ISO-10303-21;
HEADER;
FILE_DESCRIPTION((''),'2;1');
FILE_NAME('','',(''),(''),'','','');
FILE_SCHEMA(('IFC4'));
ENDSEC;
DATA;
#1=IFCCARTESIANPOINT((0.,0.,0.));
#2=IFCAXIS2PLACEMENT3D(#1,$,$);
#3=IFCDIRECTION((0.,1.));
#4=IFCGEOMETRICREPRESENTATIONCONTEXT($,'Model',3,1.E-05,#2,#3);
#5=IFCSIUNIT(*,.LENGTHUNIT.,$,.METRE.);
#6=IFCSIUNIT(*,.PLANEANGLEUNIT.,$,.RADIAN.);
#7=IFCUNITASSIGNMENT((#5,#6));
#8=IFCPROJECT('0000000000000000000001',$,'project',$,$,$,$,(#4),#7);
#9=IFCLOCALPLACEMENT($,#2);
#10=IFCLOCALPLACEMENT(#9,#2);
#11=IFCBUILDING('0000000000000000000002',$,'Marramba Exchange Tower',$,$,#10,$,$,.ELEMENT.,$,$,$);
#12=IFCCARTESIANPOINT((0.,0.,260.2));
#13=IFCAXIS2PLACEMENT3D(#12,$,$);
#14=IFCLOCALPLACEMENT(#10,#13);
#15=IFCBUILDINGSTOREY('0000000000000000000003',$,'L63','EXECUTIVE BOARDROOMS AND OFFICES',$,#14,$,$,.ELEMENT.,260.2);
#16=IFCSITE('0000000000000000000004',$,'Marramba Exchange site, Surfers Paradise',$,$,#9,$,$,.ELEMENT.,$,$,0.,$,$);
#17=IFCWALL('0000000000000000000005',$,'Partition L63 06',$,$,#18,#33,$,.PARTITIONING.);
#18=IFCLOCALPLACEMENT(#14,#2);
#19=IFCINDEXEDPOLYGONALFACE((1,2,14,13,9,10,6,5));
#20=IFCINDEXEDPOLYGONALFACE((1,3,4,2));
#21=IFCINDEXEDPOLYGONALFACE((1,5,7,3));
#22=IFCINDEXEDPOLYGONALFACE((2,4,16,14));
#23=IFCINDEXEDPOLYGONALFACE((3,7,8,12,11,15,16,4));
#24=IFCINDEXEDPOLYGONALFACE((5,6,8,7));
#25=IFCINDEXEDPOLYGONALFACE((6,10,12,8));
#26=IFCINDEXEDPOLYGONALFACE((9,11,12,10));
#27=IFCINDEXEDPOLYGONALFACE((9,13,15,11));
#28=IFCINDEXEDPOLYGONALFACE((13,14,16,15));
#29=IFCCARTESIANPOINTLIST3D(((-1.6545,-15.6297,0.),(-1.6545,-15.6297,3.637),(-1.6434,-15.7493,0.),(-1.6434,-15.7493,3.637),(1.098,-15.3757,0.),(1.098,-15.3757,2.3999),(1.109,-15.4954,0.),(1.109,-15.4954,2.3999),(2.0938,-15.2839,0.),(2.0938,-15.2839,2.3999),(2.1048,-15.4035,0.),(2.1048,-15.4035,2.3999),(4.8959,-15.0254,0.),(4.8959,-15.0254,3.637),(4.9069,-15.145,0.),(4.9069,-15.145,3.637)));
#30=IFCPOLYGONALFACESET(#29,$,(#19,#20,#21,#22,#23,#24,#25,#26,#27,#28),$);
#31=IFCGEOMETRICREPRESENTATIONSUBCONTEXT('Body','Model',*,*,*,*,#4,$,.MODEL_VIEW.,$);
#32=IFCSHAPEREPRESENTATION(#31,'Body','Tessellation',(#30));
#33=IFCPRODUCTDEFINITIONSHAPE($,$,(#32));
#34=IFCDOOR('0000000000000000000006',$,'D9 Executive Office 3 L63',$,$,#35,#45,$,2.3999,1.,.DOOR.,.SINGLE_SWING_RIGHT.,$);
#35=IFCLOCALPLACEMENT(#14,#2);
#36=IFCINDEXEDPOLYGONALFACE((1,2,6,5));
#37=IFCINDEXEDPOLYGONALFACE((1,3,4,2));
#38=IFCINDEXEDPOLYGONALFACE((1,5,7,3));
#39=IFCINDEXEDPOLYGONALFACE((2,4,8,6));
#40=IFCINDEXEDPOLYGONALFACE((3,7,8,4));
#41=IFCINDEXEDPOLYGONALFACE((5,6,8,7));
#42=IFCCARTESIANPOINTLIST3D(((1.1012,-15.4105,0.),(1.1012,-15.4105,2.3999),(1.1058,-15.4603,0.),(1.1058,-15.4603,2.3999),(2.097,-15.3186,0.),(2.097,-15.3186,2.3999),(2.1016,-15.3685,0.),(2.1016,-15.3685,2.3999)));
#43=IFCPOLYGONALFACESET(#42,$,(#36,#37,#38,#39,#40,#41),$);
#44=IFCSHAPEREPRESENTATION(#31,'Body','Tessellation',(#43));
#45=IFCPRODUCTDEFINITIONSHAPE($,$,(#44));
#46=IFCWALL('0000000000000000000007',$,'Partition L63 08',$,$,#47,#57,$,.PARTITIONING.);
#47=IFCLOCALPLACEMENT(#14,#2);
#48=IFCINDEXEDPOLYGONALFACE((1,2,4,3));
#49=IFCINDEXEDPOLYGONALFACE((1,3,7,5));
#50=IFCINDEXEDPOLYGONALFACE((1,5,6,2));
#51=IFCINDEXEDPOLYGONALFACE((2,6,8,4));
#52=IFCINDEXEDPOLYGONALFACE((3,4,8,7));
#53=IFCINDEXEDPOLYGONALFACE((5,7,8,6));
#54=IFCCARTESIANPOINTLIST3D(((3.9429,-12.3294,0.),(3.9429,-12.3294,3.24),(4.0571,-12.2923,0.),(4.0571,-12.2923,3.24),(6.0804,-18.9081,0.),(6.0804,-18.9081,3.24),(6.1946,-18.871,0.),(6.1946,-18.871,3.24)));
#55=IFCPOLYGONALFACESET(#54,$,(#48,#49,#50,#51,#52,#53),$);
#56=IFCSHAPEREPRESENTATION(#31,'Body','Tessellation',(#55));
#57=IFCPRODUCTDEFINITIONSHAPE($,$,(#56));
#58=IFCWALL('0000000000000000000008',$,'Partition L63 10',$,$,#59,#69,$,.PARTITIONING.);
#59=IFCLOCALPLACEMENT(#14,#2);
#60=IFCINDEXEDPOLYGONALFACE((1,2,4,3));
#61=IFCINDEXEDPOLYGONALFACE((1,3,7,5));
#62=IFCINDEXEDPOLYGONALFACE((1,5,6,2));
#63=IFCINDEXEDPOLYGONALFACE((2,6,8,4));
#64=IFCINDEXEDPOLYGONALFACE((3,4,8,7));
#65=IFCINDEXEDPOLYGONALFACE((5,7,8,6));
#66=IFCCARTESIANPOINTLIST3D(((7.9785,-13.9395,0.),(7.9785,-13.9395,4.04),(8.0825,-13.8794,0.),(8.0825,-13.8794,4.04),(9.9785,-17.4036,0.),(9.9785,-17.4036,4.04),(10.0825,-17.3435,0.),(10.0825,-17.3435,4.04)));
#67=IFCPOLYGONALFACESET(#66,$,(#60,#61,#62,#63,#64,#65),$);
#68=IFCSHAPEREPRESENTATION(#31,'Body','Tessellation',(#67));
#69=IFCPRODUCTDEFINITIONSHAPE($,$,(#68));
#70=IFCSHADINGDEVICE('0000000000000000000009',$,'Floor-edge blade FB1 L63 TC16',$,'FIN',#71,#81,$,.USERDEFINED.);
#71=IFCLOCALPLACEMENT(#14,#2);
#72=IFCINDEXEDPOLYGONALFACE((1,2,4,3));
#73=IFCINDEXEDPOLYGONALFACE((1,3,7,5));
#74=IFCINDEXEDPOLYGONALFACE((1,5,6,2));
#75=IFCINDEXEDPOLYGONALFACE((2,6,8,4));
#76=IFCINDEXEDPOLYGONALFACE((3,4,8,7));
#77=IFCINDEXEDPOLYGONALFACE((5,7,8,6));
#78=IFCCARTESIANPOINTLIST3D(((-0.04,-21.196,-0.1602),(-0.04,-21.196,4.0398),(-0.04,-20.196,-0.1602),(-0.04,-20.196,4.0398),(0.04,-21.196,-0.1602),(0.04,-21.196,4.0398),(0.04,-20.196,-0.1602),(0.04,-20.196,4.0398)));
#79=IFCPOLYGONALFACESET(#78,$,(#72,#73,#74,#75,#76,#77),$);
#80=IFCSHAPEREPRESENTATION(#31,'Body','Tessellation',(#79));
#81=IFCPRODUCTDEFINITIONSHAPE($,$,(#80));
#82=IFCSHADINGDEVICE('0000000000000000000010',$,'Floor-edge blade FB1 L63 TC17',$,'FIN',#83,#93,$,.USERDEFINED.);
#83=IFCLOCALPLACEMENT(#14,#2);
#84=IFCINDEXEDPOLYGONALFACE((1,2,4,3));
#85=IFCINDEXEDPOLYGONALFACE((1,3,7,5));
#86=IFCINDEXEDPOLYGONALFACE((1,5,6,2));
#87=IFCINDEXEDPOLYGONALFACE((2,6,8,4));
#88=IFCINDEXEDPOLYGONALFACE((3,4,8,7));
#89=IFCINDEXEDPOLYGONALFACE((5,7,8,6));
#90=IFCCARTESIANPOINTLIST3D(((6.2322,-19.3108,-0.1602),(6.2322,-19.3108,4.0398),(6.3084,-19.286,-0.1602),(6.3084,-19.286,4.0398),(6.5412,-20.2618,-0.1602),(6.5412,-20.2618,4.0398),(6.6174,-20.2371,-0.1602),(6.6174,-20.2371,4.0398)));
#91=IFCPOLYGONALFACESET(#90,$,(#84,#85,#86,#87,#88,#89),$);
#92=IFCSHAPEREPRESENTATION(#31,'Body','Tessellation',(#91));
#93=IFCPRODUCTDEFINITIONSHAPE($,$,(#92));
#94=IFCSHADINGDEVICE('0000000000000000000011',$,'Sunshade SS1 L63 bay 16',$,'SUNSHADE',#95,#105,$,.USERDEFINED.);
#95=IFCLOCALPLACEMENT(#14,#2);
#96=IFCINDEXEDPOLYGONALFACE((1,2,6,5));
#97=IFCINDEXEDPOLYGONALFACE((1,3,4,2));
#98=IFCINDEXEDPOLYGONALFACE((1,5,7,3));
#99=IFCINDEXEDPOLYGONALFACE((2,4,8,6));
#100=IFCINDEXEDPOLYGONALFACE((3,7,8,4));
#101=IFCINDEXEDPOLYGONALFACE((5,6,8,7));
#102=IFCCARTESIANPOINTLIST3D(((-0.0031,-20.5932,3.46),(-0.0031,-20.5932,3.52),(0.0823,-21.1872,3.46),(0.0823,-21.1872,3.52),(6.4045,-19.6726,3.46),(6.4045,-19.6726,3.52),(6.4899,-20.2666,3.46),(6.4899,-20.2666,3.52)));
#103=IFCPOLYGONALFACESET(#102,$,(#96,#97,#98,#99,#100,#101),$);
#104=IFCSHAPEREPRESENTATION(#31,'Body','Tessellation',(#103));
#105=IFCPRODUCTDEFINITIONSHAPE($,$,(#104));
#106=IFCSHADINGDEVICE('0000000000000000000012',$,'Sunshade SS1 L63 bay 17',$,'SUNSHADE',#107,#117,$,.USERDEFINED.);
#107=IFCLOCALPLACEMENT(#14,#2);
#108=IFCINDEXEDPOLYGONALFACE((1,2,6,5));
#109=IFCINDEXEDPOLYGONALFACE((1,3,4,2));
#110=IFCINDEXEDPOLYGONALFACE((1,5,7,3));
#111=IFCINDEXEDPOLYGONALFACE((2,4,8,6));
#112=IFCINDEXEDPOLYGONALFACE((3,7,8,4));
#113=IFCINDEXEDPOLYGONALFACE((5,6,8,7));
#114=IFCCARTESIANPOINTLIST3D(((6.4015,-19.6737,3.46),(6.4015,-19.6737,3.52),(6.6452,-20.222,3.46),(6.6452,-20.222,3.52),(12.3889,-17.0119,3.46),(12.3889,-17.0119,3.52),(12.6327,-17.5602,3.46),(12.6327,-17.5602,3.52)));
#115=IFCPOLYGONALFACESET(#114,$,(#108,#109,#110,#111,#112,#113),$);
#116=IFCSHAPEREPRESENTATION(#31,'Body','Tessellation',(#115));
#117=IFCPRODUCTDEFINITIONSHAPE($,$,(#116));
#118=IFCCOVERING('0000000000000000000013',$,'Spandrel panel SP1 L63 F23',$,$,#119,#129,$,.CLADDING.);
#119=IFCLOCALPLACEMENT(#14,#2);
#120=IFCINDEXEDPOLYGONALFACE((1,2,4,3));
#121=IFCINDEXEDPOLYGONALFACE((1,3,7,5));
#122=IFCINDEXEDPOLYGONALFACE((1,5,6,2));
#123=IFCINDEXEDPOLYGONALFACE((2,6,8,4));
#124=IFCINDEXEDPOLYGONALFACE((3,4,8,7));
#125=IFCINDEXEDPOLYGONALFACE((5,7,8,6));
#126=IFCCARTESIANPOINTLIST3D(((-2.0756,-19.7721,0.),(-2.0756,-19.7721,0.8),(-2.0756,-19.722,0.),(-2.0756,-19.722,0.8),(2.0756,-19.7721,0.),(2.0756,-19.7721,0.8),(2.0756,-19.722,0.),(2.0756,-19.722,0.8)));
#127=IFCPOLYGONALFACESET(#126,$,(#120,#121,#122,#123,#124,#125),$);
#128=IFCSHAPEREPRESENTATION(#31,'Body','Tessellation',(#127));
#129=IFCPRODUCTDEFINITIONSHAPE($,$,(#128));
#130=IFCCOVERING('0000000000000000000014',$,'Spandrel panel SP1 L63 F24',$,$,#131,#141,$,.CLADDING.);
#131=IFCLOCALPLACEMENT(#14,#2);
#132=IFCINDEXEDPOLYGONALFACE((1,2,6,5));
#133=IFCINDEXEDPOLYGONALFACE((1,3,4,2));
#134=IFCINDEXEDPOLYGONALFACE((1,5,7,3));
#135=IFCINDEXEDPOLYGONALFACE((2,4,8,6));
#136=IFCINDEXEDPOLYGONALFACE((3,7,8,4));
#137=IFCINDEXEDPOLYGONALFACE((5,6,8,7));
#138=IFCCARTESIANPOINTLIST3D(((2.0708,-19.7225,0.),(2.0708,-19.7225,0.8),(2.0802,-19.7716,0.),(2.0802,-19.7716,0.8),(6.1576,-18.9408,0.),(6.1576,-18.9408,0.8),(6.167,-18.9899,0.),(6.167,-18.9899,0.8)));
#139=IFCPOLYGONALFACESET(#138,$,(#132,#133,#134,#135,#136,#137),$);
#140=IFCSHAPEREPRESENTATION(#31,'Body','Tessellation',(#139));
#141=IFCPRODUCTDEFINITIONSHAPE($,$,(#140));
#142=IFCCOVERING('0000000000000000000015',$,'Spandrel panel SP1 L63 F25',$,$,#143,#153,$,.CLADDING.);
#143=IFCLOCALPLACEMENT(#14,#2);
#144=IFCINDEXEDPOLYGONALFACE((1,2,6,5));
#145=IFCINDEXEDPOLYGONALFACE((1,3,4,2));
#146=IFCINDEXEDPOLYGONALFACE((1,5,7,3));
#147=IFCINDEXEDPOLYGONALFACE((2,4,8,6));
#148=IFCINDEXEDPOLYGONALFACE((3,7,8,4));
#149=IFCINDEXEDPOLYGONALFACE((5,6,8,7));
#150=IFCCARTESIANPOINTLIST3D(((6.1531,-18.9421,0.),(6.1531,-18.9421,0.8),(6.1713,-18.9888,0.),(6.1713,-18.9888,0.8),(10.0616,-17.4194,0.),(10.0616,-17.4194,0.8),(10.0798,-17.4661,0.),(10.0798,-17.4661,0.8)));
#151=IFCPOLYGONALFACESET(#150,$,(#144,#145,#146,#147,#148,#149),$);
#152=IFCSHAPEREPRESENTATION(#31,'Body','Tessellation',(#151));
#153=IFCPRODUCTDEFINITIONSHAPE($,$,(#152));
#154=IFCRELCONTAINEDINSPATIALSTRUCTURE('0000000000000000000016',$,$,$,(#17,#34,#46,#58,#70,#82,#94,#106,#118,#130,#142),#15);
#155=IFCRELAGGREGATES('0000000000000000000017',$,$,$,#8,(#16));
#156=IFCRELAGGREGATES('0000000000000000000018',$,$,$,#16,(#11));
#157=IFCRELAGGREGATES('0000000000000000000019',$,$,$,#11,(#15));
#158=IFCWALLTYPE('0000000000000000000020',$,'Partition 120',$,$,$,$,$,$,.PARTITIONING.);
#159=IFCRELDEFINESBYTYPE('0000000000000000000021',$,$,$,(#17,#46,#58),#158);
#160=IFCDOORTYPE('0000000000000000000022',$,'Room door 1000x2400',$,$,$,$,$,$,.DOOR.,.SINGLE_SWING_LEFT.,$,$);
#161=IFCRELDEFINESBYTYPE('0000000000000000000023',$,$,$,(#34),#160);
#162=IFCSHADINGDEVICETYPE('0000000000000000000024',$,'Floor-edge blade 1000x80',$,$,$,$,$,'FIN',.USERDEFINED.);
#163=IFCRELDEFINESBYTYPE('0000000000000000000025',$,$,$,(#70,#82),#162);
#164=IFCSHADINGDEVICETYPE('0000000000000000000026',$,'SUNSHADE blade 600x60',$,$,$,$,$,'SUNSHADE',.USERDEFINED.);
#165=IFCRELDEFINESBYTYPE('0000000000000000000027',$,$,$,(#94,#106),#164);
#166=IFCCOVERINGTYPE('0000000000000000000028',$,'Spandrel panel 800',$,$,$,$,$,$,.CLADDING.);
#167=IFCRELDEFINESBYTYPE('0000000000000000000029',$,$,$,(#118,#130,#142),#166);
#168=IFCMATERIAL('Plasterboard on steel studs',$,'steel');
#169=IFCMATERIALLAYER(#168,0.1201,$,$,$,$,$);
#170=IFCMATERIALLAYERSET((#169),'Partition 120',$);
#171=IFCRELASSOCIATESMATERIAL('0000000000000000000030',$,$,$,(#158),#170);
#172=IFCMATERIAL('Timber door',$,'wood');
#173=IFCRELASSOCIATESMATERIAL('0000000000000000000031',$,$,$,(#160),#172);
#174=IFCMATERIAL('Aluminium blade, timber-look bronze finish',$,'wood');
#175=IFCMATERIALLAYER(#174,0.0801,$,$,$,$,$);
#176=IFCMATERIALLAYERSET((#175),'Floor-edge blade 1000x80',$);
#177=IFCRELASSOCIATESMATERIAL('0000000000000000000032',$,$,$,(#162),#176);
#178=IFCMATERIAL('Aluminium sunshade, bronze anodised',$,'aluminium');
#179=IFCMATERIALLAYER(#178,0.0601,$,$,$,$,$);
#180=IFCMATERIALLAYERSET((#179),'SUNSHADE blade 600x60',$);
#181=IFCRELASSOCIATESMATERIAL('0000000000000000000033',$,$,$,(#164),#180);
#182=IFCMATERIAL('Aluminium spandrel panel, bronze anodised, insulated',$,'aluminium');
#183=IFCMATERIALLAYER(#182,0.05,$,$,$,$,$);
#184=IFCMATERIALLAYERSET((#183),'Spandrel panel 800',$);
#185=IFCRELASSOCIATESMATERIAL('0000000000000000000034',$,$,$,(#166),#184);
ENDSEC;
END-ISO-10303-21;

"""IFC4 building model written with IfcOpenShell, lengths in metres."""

from ifc_helpers import new_model, si_unit, direction, frame, frame_2d, origin, origin_2d, place, context, subcontext, project, spatial, rectangle, extrude, material, layer, layer_set, type_object, element, fill, save


model = new_model("IFC4")

# Units and contexts
model_context = context("Model", 3, precision=1e-05, world=origin(), true_north=direction((0.0, 1.0)))
body_context = subcontext(model_context, "Body", "Model", "MODEL_VIEW")
ifc_project = project(units=[si_unit("LENGTHUNIT", "METRE"), si_unit("PLANEANGLEUNIT", "RADIAN")], contexts=[model_context])

# Site, building, storey
site_placement = place(None, origin())
site = spatial("IfcSite", under=ifc_project, at=site_placement, Name="Marramba Exchange site, Surfers Paradise", CompositionType="ELEMENT", RefElevation=0.0)
building_placement = place(site_placement, origin())
building = spatial("IfcBuilding", under=site, at=building_placement, Name="Marramba Exchange Tower", CompositionType="ELEMENT")
storey_placement = place(building_placement, frame((0.0, 0.0, 260.2)))
storey = spatial("IfcBuildingStorey", under=building, at=storey_placement, Name="L63", Description="EXECUTIVE BOARDROOMS AND OFFICES", CompositionType="ELEMENT", Elevation=260.2)

# Wall, opening, door
ifc_material_1 = material(Name="Plasterboard on steel studs", Category="steel")
ifc_layer_1 = layer(ifc_material_1, 0.1201)
ifc_layer_set_1 = layer_set([ifc_layer_1], Name="Partition 120")
wall_type = type_object("IfcWallType", Name="Partition 120", PredefinedType="PARTITIONING", material=ifc_layer_set_1)
wall_1_placement = place(storey_placement, frame((4.9014, -15.0852, 0.0), z_axis=(0.0, 0.0, 1.0), x_axis=(-0.995772, -0.091857, 0.0)))
wall_1 = element("IfcWall", 1, at=wall_1_placement, inside=storey, type_object=wall_type, Name="Partition L63 06", PredefinedType="PARTITIONING", context=body_context, shape_type="SweptSolid", body=[
    extrude(rectangle(XDim=6.5781, YDim=0.1201, at=frame_2d((3.2891, 0.0))), origin(), (0.0, 0.0, 1.0), 3.637),
])
opening_placement = place(wall_1_placement, frame((2.814, 0.0, 0.0)))
opening = element("IfcOpeningElement", 2, at=opening_placement, cuts=wall_1, PredefinedType="OPENING", context=body_context, shape_type="SweptSolid", body=[
    extrude(rectangle(XDim=1.0, YDim=2.3999, at=frame_2d((0.5, 1.2))), frame((0.0, 0.0701, 0.0), z_axis=(0.0, -1.0, 0.0), x_axis=(1.0, 0.0, 0.0)), (0.0, 0.0, 1.0), 0.1401),
])
ifc_material_2 = material(Name="Timber door", Category="wood")
door_type = type_object("IfcDoorType", Name="Room door 1000x2400", OperationType="SINGLE_SWING_LEFT", PredefinedType="DOOR", material=ifc_material_2)
door_placement = place(opening_placement, origin())
door = element("IfcDoor", 3, at=door_placement, inside=storey, type_object=door_type, Name="D9 Executive Office 3 L63", OperationType="SINGLE_SWING_RIGHT", OverallHeight=2.3999, OverallWidth=1.0, PredefinedType="DOOR", context=body_context, shape_type="SweptSolid", body=[
    extrude(rectangle(XDim=1.0, YDim=2.3999, at=frame_2d((0.5, 1.2))), frame((0.0, 0.0249, 0.0), z_axis=(0.0, -1.0, 0.0), x_axis=(1.0, 0.0, 0.0)), (0.0, 0.0, 1.0), 0.05),
])
fill(opening, door)

# Walls
wall_2_placement = place(storey_placement, frame((6.1375, -18.8894, 0.0), z_axis=(0.0, 0.0, 1.0), x_axis=(-0.309008, 0.951059, 0.0)))
element("IfcWall", 4, at=wall_2_placement, inside=storey, type_object=wall_type, Name="Partition L63 08", PredefinedType="PARTITIONING", context=body_context, shape_type="SweptSolid", body=[
    extrude(rectangle(XDim=6.9172, YDim=0.1201, at=frame_2d((3.4585, 0.0))), origin(), (0.0, 0.0, 1.0), 3.24),
])
wall_3_placement = place(storey_placement, frame((8.0305, -13.9094, 0.0), z_axis=(0.0, 0.0, 1.0), x_axis=(0.499999, -0.866026, 0.0)))
element("IfcWall", 5, at=wall_3_placement, inside=storey, type_object=wall_type, Name="Partition L63 10", PredefinedType="PARTITIONING", context=body_context, shape_type="SweptSolid", body=[
    extrude(rectangle(XDim=4.0, YDim=0.1201, at=frame_2d((2.0, 0.0))), origin(), (0.0, 0.0, 1.0), 4.04),
])

# Shading devices
ifc_material_3 = material(Name="Aluminium blade, timber-look bronze finish", Category="wood")
ifc_layer_2 = layer(ifc_material_3, 0.0801)
ifc_layer_set_2 = layer_set([ifc_layer_2], Name="Floor-edge blade 1000x80")
shading_device_type_1 = type_object("IfcShadingDeviceType", Name="Floor-edge blade 1000x80", ElementType="FIN", PredefinedType="USERDEFINED", material=ifc_layer_set_2)
for number, where, z_axis, x_axis, name in (
    (6, (0.0, -20.696, -0.1602), (0.0, 0.0, 1.0), (0.0, -1.0, 0.0), "Floor-edge blade FB1 L63 TC16"),
    (7, (6.4248, -19.7739, -0.1602), (0.0, 0.0, 1.0), (0.309017, -0.951057, 0.0), "Floor-edge blade FB1 L63 TC17"),
):
    element("IfcShadingDevice", number, at=place(storey_placement, frame(where, z_axis=z_axis, x_axis=x_axis)), inside=storey, type_object=shading_device_type_1, Name=name, ObjectType="FIN", PredefinedType="USERDEFINED", context=body_context, shape_type="SweptSolid", body=[
        extrude(rectangle(XDim=1.0, YDim=0.0801, at=origin_2d()), origin(), (0.0, 0.0, 1.0), 4.2),
    ])
ifc_material_4 = material(Name="Aluminium sunshade, bronze anodised", Category="aluminium")
ifc_layer_3 = layer(ifc_material_4, 0.0601)
ifc_layer_set_3 = layer_set([ifc_layer_3], Name="SUNSHADE blade 600x60")
shading_device_type_2 = type_object("IfcShadingDeviceType", Name="SUNSHADE blade 600x60", ElementType="SUNSHADE", PredefinedType="USERDEFINED", material=ifc_layer_set_3)
shading_device_1_placement = place(storey_placement, frame((3.2434, -20.4299, 3.46), z_axis=(0.0, 0.0, 1.0), x_axis=(0.989837, 0.14221, 0.0)))
element("IfcShadingDevice", 8, at=shading_device_1_placement, inside=storey, type_object=shading_device_type_2, Name="Sunshade SS1 L63 bay 16", ObjectType="SUNSHADE", PredefinedType="USERDEFINED", context=body_context, shape_type="SweptSolid", body=[
    extrude(rectangle(XDim=6.4734, YDim=0.6001, at=origin_2d()), origin(), (0.0, 0.0, 1.0), 0.0601),
])
shading_device_2_placement = place(storey_placement, frame((9.5171, -18.6169, 3.46), z_axis=(0.0, 0.0, 1.0), x_axis=(0.913771, 0.406229, 0.0)))
element("IfcShadingDevice", 9, at=shading_device_2_placement, inside=storey, type_object=shading_device_type_2, Name="Sunshade SS1 L63 bay 17", ObjectType="SUNSHADE", PredefinedType="USERDEFINED", context=body_context, shape_type="SweptSolid", body=[
    extrude(rectangle(XDim=6.5525, YDim=0.6001, at=origin_2d()), origin(), (0.0, 0.0, 1.0), 0.0601),
])

# Coverings
ifc_material_5 = material(Name="Aluminium spandrel panel, bronze anodised, insulated", Category="aluminium")
ifc_layer_4 = layer(ifc_material_5, 0.05)
ifc_layer_set_4 = layer_set([ifc_layer_4], Name="Spandrel panel 800")
covering_type = type_object("IfcCoveringType", Name="Spandrel panel 800", PredefinedType="CLADDING", material=ifc_layer_set_4)
covering_1_placement = place(storey_placement, frame((0.0, -19.7471, 0.0), z_axis=(0.0, 0.0, 1.0), x_axis=(1.0, 0.0, 0.0)))
element("IfcCovering", 10, at=covering_1_placement, inside=storey, type_object=covering_type, Name="Spandrel panel SP1 L63 F23", PredefinedType="CLADDING", context=body_context, shape_type="SweptSolid", body=[
    extrude(rectangle(XDim=4.1511, YDim=0.05, at=origin_2d()), origin(), (0.0, 0.0, 1.0), 0.8),
])
covering_2_placement = place(storey_placement, frame((4.1189, -19.3562, 0.0), z_axis=(0.0, 0.0, 1.0), x_axis=(0.982193, 0.187873, 0.0)))
element("IfcCovering", 11, at=covering_2_placement, inside=storey, type_object=covering_type, Name="Spandrel panel SP1 L63 F24", PredefinedType="CLADDING", context=body_context, shape_type="SweptSolid", body=[
    extrude(rectangle(XDim=4.1609, YDim=0.05, at=origin_2d()), origin(), (0.0, 0.0, 1.0), 0.8),
])
covering_3_placement = place(storey_placement, frame((8.1165, -18.2041, 0.0), z_axis=(0.0, 0.0, 1.0), x_axis=(0.931785, 0.36301, 0.0)))
element("IfcCovering", 12, at=covering_3_placement, inside=storey, type_object=covering_type, Name="Spandrel panel SP1 L63 F25", PredefinedType="CLADDING", context=body_context, shape_type="SweptSolid", body=[
    extrude(rectangle(XDim=4.1946, YDim=0.05, at=origin_2d()), origin(), (0.0, 0.0, 1.0), 0.8),
])

save(model, "model.ifc")
